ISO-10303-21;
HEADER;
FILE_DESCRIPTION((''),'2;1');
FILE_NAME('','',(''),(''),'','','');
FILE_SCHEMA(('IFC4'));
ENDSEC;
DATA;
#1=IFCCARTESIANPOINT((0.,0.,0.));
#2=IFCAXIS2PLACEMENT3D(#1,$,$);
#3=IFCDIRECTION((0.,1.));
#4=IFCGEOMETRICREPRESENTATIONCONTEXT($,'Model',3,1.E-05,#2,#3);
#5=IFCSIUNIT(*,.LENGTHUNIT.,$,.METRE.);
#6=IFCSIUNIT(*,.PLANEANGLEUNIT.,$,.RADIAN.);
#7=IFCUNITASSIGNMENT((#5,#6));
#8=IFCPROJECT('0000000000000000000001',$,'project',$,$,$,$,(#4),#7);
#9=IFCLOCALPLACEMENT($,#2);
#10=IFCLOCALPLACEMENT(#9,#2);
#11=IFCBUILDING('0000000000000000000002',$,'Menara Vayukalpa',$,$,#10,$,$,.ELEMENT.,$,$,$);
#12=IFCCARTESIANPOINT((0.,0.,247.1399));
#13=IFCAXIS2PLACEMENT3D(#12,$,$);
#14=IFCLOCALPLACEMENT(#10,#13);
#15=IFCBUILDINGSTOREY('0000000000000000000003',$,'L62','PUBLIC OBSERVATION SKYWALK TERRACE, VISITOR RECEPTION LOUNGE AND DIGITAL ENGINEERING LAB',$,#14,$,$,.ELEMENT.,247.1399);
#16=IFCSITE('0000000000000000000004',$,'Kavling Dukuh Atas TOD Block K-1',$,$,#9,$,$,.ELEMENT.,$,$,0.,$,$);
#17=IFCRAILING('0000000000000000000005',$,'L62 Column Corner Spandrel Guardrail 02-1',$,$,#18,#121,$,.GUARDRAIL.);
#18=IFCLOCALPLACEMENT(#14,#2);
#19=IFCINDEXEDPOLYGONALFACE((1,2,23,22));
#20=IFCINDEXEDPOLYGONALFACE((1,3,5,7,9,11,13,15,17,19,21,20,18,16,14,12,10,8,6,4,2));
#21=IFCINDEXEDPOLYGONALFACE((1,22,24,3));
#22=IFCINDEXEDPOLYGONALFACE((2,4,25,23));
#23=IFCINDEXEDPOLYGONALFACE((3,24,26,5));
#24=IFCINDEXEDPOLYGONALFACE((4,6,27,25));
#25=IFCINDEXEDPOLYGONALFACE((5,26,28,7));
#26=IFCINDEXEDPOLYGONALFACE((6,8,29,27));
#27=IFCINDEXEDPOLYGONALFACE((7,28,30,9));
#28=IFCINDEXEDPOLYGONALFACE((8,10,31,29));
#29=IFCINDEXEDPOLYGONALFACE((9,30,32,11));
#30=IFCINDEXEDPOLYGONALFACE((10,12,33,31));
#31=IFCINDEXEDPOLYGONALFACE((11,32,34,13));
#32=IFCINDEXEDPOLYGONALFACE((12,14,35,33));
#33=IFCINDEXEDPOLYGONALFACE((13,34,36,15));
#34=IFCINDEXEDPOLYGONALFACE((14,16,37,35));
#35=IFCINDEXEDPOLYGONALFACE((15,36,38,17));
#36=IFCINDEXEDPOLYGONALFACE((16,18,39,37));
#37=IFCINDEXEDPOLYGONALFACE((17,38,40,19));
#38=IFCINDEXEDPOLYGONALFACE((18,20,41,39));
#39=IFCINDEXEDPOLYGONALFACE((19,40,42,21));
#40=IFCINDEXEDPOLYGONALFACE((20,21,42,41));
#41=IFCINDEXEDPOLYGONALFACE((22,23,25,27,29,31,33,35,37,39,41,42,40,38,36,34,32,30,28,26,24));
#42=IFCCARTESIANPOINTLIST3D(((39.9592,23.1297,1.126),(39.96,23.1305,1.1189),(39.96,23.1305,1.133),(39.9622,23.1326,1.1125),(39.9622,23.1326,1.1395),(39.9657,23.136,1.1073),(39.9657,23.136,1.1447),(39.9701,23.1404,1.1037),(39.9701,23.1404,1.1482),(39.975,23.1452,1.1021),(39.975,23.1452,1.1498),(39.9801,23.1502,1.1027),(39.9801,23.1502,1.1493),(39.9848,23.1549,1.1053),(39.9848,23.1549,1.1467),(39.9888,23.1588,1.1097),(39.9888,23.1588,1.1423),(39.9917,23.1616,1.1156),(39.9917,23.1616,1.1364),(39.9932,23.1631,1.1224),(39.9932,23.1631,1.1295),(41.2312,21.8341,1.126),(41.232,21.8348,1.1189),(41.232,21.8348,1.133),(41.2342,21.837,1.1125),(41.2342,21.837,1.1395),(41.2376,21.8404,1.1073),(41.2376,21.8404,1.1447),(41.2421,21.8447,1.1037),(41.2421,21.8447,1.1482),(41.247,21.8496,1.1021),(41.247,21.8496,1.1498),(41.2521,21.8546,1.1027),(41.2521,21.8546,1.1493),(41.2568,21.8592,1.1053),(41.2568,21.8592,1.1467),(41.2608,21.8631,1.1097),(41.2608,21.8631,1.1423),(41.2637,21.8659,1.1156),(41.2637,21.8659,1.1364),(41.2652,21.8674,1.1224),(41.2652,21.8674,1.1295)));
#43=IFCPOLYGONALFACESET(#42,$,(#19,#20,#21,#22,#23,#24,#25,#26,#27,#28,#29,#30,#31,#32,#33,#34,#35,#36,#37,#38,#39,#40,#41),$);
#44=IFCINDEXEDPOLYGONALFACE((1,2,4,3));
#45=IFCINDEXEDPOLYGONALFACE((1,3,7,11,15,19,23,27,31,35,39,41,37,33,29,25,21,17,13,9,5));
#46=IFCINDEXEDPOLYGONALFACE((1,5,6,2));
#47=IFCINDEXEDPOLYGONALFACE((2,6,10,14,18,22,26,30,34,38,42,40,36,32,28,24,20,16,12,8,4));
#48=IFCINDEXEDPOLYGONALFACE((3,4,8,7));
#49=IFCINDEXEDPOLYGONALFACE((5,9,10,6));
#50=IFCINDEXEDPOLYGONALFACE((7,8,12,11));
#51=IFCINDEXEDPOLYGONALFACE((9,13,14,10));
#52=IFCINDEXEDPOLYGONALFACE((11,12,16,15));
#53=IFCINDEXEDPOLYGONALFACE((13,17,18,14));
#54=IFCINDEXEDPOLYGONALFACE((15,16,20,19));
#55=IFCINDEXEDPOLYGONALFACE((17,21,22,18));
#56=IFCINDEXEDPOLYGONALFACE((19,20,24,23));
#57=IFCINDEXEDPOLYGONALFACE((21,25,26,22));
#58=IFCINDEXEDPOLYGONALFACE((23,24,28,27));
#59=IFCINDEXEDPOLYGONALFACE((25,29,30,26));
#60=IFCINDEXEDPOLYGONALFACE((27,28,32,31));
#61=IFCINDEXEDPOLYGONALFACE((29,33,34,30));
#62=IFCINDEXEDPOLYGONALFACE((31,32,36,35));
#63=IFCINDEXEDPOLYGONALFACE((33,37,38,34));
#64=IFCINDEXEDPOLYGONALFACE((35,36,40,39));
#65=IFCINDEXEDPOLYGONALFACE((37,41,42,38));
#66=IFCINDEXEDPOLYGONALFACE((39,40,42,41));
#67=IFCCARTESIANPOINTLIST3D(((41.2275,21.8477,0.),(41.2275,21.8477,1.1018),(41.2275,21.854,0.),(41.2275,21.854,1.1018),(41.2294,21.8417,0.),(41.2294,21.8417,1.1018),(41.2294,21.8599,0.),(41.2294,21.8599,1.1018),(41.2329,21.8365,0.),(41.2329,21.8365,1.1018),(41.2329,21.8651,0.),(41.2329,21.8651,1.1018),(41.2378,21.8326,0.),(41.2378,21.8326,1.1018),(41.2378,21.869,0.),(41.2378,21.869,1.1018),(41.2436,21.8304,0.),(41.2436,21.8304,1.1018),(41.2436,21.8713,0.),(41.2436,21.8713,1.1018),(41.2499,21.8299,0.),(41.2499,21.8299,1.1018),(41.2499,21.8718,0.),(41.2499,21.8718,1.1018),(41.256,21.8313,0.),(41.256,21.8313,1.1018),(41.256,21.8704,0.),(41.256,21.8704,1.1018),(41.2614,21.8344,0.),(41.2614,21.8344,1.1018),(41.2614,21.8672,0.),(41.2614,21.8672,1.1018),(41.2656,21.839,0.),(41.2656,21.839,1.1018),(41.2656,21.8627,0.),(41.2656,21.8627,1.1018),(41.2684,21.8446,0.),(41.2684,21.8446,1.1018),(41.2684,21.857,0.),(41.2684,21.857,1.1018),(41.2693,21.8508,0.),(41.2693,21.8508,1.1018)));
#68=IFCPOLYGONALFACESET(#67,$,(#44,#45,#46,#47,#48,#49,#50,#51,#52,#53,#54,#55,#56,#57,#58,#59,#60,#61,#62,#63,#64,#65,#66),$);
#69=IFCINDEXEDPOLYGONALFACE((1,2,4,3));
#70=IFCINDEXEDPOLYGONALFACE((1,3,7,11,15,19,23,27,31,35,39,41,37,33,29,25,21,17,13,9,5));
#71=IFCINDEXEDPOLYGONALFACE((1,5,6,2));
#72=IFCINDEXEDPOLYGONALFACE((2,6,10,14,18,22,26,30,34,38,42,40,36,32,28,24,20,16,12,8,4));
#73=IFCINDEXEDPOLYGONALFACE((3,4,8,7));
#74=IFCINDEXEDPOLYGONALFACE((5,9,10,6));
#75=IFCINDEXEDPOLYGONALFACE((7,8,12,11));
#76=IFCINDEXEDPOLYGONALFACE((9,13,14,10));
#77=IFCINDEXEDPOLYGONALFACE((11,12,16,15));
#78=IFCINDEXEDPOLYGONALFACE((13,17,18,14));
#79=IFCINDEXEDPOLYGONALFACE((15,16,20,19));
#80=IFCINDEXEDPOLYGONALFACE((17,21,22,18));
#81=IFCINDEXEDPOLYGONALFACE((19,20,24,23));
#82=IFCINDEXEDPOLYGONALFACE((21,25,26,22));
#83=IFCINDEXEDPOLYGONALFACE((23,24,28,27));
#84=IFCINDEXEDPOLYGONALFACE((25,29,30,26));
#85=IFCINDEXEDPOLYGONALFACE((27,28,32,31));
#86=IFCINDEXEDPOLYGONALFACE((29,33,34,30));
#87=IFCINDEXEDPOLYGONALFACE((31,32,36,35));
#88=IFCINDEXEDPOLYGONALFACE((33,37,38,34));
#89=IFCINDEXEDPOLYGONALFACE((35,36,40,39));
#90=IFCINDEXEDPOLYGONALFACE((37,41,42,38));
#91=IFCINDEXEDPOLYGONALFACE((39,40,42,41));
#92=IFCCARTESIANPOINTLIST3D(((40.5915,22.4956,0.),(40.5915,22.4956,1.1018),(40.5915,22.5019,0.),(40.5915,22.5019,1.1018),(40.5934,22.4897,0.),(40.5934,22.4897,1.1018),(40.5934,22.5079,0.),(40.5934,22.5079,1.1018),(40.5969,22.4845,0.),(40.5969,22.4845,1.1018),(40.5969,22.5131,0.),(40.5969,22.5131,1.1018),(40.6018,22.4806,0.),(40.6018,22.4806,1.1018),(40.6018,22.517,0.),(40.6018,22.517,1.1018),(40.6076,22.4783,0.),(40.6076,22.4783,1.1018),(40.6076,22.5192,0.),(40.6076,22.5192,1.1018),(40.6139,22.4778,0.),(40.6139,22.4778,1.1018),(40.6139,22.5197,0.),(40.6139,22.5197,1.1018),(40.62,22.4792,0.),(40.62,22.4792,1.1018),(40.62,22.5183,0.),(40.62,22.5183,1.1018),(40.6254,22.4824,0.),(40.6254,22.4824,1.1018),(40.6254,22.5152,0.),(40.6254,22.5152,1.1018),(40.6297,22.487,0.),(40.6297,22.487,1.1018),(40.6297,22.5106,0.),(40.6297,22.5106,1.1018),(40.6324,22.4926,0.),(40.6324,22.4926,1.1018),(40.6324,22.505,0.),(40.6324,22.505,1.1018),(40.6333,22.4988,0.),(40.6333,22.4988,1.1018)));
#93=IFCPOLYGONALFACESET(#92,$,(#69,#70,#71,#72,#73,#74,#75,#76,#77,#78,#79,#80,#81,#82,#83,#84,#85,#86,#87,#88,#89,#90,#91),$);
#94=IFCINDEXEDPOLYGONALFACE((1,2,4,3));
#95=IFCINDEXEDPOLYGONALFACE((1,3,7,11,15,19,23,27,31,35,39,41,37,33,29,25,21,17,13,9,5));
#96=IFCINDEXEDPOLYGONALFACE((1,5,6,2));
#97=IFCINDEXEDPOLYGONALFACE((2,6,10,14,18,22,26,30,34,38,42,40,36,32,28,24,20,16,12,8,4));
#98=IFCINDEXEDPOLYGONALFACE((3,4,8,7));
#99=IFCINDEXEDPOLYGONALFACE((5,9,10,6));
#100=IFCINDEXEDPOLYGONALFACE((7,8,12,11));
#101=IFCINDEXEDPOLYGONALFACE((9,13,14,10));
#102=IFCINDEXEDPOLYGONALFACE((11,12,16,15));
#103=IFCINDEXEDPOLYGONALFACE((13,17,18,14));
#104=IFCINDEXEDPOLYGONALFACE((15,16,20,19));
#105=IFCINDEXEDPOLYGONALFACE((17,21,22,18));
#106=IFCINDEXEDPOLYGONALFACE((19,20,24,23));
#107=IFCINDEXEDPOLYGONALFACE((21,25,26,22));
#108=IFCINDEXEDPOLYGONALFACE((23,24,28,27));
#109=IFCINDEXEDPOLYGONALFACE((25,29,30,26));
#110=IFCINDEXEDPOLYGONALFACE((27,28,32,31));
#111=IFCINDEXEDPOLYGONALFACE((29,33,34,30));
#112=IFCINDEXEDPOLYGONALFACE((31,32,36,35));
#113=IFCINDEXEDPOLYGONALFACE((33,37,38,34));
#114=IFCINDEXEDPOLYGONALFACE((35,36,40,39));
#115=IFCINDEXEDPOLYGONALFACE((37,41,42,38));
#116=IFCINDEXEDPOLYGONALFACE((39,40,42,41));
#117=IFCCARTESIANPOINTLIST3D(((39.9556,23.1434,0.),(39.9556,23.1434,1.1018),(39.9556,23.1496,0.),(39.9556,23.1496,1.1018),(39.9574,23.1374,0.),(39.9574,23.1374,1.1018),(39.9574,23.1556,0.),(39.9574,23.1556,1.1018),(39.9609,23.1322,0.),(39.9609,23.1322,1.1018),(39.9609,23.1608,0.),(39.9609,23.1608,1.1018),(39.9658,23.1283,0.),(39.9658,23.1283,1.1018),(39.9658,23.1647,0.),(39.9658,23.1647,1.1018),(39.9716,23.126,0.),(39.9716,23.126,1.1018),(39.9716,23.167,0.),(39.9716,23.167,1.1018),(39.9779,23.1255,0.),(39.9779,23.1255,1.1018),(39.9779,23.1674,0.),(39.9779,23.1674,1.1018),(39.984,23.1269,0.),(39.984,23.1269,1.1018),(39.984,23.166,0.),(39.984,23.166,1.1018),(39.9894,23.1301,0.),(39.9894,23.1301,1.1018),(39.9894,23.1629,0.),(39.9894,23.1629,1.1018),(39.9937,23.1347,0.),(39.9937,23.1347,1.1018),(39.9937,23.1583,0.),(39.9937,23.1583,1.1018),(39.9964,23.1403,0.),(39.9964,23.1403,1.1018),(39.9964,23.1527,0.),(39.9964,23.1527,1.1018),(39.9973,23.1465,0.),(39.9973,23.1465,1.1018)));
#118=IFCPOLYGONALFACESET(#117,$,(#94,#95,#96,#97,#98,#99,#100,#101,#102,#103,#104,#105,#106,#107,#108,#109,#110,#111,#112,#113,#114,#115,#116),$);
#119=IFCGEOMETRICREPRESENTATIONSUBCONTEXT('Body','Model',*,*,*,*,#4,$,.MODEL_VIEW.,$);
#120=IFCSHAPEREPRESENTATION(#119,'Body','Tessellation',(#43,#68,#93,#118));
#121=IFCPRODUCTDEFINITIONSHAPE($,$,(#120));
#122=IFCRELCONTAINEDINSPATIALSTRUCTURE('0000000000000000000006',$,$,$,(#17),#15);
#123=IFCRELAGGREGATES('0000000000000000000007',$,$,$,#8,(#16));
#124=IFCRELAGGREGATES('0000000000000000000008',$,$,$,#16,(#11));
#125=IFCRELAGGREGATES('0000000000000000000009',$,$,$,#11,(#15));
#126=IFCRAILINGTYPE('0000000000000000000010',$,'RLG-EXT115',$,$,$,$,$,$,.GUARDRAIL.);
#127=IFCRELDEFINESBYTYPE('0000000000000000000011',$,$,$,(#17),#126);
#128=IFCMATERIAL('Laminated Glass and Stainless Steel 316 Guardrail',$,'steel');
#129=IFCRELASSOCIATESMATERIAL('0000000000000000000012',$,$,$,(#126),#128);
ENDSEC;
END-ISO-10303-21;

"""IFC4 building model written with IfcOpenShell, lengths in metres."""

from ifc_helpers import new_model, si_unit, direction, frame, origin, origin_2d, place, context, subcontext, project, spatial, circle, extrude, material, type_object, element, save


model = new_model("IFC4")

# Units and contexts
model_context = context("Model", 3, precision=1e-05, world=origin(), true_north=direction((0.0, 1.0)))
body_context = subcontext(model_context, "Body", "Model", "MODEL_VIEW")
ifc_project = project(units=[si_unit("LENGTHUNIT", "METRE"), si_unit("PLANEANGLEUNIT", "RADIAN")], contexts=[model_context])

# Site, building, storey
site_placement = place(None, origin())
site = spatial("IfcSite", under=ifc_project, at=site_placement, Name="Kavling Dukuh Atas TOD Block K-1", CompositionType="ELEMENT", RefElevation=0.0)
building_placement = place(site_placement, origin())
building = spatial("IfcBuilding", under=site, at=building_placement, Name="Menara Vayukalpa", CompositionType="ELEMENT")
storey_placement = place(building_placement, frame((0.0, 0.0, 247.1399)))
storey = spatial("IfcBuildingStorey", under=building, at=storey_placement, Name="L62", Description="PUBLIC OBSERVATION SKYWALK TERRACE, VISITOR RECEPTION LOUNGE AND DIGITAL ENGINEERING LAB", CompositionType="ELEMENT", Elevation=247.1399)

# Railing
ifc_material_1 = material(Name="Laminated Glass and Stainless Steel 316 Guardrail", Category="steel")
railing_type = type_object("IfcRailingType", Name="RLG-EXT115", PredefinedType="GUARDRAIL", material=ifc_material_1)
railing_1_placement = place(storey_placement, frame((41.2483, 21.8508, 0.0)))
element("IfcRailing", 1, at=railing_1_placement, inside=storey, type_object=railing_type, Name="L62 Column Corner Spandrel Guardrail 02-1", PredefinedType="GUARDRAIL", context=body_context, shape_type="SweptSolid", body=[
    extrude(circle(Radius=0.0239, at=origin_2d()), frame((0.0, 0.0, 1.126), z_axis=(-0.700555, 0.713598, 0.0), x_axis=(-0.713598, -0.700555, 0.0)), (0.0, 0.0, 1.0), 1.8157),
    extrude(circle(Radius=0.021, at=origin_2d()), origin(), (0.0, 0.0, 1.0), 1.1018),
    extrude(circle(Radius=0.021, at=origin_2d()), frame((-0.636, 0.6479, 0.0)), (0.0, 0.0, 1.0), 1.1018),
    extrude(circle(Radius=0.021, at=origin_2d()), frame((-1.272, 1.2957, 0.0)), (0.0, 0.0, 1.0), 1.1018),
])

save(model, "model.ifc")
